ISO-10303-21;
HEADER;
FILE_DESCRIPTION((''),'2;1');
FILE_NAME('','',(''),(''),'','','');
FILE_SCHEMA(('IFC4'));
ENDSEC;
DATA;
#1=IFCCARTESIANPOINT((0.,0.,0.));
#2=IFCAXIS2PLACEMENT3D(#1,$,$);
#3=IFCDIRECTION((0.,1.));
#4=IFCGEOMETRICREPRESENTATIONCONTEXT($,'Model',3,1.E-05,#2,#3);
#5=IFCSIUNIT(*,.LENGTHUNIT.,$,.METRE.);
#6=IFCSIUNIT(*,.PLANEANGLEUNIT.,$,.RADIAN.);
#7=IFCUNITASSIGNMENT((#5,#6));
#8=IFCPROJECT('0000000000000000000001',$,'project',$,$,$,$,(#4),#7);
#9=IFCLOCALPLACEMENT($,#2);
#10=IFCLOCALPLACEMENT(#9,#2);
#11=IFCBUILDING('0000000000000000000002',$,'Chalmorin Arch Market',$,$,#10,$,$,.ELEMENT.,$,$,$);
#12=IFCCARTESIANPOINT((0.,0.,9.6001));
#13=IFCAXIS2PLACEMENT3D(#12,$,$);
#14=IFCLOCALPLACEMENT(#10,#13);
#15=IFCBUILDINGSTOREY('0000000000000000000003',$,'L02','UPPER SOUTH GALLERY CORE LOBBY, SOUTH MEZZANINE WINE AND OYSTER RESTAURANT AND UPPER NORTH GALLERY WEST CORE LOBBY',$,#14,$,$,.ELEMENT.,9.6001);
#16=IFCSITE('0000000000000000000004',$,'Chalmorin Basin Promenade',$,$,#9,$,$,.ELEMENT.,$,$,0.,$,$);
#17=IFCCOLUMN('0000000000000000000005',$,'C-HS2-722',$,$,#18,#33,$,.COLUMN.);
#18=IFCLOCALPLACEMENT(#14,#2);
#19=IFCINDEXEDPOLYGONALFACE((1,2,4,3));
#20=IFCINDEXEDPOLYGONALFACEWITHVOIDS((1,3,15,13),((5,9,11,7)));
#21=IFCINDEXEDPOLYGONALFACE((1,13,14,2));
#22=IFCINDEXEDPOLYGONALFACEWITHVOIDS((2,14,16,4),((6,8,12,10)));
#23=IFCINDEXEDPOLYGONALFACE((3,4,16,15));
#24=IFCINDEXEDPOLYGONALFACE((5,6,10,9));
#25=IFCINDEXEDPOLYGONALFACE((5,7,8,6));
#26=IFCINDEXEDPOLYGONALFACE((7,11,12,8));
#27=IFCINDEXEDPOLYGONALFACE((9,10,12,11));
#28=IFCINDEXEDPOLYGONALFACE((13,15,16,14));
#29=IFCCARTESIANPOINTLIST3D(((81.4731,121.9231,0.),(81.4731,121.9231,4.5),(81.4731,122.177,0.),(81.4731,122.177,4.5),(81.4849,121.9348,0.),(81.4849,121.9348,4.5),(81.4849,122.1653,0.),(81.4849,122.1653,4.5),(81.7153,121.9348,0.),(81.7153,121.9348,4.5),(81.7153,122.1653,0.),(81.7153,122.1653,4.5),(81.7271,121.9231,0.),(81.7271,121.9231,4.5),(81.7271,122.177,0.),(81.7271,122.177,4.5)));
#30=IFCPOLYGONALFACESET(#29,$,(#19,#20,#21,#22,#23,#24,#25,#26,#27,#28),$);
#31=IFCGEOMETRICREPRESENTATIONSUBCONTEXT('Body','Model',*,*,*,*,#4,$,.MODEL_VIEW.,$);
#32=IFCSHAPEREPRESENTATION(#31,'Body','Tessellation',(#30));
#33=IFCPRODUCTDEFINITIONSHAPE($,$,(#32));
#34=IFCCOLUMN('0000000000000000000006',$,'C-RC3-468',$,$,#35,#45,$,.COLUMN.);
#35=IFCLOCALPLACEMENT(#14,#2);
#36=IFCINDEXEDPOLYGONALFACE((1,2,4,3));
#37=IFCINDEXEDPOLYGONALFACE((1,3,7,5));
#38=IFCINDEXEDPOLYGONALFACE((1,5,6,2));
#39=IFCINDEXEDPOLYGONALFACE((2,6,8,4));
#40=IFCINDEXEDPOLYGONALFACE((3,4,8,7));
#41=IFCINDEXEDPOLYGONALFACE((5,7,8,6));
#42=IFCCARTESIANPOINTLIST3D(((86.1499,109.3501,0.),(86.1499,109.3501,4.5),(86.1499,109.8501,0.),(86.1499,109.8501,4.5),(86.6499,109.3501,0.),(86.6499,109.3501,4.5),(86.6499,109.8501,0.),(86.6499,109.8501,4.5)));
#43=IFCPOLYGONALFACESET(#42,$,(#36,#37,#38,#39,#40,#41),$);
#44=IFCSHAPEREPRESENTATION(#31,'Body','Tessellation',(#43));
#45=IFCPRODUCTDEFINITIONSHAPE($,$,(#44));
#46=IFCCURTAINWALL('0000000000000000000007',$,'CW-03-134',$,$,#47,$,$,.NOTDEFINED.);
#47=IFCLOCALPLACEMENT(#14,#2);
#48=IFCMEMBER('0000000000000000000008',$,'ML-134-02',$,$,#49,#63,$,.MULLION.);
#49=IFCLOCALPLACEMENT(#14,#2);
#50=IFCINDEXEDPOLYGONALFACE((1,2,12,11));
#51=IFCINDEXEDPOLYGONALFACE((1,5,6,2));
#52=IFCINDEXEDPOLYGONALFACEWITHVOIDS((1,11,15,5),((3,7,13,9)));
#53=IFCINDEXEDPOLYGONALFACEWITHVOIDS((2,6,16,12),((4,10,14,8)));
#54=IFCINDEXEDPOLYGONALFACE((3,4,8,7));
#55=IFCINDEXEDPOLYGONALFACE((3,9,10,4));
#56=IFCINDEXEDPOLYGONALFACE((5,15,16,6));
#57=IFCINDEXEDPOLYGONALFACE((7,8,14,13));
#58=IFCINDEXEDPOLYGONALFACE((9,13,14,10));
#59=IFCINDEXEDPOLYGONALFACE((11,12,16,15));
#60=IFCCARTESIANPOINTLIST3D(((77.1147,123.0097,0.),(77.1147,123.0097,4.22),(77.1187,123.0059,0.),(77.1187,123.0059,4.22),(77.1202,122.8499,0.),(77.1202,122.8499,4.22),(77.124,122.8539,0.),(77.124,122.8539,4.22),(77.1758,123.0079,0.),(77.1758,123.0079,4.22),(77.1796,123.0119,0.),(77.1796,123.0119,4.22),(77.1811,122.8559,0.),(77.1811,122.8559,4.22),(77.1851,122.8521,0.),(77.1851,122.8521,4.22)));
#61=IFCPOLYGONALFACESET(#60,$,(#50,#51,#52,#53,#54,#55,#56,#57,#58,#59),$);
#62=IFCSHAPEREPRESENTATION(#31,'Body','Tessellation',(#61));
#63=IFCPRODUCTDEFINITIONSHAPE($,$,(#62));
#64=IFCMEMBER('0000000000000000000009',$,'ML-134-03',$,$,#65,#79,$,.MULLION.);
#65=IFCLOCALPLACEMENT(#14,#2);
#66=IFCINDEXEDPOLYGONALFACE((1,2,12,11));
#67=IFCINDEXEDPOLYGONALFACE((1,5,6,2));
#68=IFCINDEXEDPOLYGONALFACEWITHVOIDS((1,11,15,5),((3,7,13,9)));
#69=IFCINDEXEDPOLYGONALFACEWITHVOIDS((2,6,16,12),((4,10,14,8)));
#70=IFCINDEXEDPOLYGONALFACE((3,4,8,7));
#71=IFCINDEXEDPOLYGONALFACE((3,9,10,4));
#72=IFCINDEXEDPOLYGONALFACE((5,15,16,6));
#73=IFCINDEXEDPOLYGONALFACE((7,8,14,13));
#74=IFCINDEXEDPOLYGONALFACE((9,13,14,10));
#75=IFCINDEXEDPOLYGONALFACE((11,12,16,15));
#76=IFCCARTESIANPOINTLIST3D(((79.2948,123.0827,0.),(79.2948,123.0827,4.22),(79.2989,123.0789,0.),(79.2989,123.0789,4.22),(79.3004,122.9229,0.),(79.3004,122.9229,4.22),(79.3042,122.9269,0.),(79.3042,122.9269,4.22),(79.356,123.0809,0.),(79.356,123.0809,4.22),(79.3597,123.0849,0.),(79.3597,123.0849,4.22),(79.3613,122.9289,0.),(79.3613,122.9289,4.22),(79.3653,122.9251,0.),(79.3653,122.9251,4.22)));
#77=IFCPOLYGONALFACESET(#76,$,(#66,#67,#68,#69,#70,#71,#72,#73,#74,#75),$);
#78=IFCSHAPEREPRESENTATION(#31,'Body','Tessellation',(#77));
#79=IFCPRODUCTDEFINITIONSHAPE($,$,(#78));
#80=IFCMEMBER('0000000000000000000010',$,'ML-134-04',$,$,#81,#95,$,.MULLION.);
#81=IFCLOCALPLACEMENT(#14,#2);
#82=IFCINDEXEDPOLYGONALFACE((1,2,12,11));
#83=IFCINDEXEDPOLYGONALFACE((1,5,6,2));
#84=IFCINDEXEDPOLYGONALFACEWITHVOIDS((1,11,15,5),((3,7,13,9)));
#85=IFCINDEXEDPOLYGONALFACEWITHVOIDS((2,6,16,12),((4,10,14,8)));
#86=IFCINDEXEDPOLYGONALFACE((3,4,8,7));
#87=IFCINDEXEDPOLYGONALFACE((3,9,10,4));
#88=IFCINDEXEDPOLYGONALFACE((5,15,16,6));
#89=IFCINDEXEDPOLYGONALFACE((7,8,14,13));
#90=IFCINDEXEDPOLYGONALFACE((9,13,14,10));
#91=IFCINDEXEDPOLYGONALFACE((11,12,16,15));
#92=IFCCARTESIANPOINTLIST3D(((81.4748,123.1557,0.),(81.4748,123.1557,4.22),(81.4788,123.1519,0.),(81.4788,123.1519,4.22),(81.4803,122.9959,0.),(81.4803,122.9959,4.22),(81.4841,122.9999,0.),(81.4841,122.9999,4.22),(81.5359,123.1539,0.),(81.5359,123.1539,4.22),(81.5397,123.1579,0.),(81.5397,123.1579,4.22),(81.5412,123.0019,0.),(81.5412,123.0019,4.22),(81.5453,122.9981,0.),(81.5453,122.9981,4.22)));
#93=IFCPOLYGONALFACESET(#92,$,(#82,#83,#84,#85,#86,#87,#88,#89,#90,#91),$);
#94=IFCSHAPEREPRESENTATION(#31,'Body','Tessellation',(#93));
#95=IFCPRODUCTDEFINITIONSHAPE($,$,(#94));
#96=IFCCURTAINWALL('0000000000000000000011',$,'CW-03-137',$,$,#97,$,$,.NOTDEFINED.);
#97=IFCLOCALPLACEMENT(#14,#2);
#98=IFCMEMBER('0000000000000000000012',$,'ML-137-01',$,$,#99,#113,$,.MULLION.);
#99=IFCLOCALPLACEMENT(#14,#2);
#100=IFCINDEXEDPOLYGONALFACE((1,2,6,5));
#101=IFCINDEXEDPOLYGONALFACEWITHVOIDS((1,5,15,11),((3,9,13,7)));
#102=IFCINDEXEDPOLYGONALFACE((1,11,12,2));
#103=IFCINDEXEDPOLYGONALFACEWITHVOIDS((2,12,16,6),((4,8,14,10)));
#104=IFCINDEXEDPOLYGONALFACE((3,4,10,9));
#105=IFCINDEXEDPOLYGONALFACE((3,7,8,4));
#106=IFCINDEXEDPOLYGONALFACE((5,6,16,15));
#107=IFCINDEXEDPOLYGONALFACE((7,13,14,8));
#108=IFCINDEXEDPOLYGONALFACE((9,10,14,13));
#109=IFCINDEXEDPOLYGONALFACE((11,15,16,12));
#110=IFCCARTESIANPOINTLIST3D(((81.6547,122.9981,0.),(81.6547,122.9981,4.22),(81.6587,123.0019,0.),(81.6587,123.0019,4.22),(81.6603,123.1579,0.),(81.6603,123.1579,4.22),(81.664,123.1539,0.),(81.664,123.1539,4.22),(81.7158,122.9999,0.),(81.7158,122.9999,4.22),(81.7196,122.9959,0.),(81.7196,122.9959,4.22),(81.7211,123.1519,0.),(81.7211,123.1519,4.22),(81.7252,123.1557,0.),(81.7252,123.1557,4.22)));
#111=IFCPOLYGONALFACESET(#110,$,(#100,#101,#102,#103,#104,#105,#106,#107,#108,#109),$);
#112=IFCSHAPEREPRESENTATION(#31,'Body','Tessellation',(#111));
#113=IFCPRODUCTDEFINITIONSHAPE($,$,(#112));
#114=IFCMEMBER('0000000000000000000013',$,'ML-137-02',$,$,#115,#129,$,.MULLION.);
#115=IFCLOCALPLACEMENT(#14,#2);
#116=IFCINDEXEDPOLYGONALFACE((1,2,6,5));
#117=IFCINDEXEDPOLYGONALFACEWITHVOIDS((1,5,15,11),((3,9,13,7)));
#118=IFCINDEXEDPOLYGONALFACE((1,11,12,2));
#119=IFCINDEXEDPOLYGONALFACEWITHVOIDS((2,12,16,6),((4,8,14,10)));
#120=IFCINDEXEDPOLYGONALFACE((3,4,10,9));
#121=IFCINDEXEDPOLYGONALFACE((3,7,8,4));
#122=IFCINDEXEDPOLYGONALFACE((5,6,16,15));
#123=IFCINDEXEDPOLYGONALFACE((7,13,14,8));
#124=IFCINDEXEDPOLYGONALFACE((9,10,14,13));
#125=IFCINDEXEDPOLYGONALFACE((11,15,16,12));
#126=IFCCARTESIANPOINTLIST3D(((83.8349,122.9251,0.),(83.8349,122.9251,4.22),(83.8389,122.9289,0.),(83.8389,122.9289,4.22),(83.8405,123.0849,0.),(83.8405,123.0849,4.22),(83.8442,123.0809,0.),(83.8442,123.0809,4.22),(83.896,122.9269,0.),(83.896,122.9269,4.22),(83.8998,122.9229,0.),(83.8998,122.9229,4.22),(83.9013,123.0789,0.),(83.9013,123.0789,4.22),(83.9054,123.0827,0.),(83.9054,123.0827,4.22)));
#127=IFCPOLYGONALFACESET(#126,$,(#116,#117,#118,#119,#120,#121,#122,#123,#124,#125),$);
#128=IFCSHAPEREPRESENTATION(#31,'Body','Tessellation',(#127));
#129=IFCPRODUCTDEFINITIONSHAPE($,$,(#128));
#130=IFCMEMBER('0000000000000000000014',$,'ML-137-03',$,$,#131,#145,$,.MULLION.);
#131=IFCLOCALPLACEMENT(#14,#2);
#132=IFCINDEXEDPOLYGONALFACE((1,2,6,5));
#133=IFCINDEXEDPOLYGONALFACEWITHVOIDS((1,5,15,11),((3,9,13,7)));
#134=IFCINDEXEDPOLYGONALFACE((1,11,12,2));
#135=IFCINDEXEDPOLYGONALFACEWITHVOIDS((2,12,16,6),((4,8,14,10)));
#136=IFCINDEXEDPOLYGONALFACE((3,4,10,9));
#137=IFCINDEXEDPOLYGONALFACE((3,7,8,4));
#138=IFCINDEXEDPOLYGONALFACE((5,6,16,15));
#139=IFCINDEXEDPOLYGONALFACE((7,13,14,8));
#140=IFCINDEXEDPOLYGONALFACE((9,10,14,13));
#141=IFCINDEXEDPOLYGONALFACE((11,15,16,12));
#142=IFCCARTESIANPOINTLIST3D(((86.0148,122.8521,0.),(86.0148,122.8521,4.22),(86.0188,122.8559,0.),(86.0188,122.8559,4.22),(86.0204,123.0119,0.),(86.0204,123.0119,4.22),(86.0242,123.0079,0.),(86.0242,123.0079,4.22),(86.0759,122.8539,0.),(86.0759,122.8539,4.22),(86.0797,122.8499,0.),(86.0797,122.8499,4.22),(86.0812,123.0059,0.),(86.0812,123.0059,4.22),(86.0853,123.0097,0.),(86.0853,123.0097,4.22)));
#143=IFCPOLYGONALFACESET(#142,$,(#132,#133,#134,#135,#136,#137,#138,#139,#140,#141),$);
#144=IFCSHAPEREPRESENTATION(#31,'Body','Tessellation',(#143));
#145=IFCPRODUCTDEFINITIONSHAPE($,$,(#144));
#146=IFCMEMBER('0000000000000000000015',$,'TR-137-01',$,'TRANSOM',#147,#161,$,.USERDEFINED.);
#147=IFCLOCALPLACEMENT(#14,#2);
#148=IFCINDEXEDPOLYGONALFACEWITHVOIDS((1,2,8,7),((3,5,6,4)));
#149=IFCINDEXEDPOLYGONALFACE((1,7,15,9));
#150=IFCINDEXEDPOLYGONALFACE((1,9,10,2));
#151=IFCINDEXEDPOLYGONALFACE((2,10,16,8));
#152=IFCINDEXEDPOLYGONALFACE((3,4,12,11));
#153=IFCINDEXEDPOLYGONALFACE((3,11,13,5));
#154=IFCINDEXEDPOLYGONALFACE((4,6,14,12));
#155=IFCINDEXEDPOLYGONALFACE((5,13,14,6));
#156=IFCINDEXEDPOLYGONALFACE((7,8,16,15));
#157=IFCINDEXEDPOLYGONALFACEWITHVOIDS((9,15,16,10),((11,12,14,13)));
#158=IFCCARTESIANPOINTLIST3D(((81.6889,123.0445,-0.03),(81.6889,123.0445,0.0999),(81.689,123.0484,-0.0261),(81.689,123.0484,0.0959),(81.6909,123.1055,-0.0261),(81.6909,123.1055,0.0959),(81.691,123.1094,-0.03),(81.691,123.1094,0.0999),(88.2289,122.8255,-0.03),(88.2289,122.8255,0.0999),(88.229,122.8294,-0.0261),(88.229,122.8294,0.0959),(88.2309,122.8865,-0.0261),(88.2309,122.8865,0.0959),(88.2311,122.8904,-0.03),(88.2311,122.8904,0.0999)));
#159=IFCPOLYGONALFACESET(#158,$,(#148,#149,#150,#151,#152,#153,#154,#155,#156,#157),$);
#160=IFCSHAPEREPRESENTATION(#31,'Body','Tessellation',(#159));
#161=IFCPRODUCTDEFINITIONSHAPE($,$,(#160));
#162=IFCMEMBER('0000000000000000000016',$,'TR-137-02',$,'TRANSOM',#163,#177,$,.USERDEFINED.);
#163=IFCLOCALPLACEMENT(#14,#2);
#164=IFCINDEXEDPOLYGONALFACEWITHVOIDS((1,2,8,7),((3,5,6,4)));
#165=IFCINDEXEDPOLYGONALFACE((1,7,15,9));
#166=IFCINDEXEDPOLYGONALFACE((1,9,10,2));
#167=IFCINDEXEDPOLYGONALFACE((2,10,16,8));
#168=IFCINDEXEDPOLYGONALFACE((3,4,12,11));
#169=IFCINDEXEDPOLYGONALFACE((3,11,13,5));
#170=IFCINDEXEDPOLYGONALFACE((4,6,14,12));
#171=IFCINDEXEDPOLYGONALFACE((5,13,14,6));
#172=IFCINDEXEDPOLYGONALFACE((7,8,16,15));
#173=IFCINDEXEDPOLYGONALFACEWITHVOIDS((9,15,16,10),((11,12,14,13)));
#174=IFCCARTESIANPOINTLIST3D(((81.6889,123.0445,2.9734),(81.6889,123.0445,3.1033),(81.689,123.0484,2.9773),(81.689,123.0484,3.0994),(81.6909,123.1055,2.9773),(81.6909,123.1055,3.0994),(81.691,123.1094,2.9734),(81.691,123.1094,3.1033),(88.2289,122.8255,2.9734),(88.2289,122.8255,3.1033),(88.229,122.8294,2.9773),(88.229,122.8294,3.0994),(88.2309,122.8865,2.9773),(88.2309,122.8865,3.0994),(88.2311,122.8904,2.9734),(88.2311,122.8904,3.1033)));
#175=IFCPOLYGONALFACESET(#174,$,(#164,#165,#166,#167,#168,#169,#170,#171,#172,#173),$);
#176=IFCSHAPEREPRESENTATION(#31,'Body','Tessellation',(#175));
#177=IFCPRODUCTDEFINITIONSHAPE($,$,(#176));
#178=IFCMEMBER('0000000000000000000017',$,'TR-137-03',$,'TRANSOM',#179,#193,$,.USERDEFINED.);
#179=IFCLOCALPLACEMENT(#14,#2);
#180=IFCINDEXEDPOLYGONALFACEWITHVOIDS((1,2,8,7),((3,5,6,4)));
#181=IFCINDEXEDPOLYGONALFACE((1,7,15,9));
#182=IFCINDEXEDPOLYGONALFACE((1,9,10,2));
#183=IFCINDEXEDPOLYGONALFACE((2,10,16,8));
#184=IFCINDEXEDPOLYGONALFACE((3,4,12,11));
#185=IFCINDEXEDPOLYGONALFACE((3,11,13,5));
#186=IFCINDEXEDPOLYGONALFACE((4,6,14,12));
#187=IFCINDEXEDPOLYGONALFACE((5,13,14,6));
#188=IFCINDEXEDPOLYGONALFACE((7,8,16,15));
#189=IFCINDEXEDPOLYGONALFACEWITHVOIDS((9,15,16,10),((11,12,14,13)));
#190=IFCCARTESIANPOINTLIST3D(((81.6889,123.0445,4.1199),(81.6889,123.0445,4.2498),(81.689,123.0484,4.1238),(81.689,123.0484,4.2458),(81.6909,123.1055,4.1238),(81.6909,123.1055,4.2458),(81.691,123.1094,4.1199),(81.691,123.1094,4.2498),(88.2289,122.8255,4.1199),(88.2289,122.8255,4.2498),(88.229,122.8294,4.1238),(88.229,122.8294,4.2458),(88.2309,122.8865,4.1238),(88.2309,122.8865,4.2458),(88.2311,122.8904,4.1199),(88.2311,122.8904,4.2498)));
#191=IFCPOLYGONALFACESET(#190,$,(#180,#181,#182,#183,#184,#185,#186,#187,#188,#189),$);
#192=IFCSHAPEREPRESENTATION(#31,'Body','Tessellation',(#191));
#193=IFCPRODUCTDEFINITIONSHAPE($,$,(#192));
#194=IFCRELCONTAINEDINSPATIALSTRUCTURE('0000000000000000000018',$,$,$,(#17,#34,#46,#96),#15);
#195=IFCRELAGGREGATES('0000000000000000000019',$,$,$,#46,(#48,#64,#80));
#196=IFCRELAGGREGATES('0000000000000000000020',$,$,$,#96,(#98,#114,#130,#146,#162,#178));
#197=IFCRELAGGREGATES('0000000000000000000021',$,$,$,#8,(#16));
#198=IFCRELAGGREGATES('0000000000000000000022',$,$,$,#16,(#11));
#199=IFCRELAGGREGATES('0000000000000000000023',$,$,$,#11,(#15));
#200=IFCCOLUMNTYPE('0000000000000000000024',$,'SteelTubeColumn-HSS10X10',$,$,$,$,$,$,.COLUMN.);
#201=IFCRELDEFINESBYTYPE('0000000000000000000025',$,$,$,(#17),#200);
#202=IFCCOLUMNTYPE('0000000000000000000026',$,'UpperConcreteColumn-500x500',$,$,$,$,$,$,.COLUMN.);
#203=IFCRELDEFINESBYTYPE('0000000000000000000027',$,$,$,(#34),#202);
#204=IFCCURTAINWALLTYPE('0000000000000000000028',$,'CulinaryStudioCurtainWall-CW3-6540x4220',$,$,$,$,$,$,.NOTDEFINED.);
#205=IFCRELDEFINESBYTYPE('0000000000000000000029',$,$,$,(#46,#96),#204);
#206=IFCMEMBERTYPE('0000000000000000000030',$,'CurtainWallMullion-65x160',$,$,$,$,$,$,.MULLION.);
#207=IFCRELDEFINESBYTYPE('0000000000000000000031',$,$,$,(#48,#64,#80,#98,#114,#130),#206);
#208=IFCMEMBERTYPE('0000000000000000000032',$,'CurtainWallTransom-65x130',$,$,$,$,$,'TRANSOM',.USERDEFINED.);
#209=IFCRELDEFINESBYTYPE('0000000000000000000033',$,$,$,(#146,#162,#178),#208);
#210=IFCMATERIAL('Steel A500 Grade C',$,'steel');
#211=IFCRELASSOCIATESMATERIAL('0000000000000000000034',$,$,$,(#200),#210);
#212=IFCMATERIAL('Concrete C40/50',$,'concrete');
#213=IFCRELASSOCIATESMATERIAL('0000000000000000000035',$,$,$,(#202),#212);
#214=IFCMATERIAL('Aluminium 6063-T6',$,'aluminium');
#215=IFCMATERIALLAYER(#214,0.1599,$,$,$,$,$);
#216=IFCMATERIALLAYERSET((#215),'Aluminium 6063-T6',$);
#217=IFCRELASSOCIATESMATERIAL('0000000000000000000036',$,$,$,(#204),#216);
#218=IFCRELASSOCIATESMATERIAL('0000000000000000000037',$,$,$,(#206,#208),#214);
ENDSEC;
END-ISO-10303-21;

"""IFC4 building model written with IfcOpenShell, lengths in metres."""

from ifc_helpers import new_model, si_unit, direction, frame, origin, origin_2d, place, context, subcontext, project, spatial, rectangle, hollow_rectangle, extrude, material, layer, layer_set, material_profile, profile_set, type_object, element, aggregate, save


model = new_model("IFC4")

# Units and contexts
model_context = context("Model", 3, precision=1e-05, world=origin(), true_north=direction((0.0, 1.0)))
body_context = subcontext(model_context, "Body", "Model", "MODEL_VIEW")
ifc_project = project(units=[si_unit("LENGTHUNIT", "METRE"), si_unit("PLANEANGLEUNIT", "RADIAN")], contexts=[model_context])

# Site, building, storey
site_placement = place(None, origin())
site = spatial("IfcSite", under=ifc_project, at=site_placement, Name="Chalmorin Basin Promenade", CompositionType="ELEMENT", RefElevation=0.0)
building_placement = place(site_placement, origin())
building = spatial("IfcBuilding", under=site, at=building_placement, Name="Chalmorin Arch Market", CompositionType="ELEMENT")
storey_placement = place(building_placement, frame((0.0, 0.0, 9.6001)))
storey = spatial("IfcBuildingStorey", under=building, at=storey_placement, Name="L02", Description="UPPER SOUTH GALLERY CORE LOBBY, SOUTH MEZZANINE WINE AND OYSTER RESTAURANT AND UPPER NORTH GALLERY WEST CORE LOBBY", CompositionType="ELEMENT", Elevation=9.6001)

# Columns
ifc_material_1 = material(Name="Steel A500 Grade C", Category="steel")
ifc_material_profile_1 = material_profile(ifc_material_1, hollow_rectangle(XDim=0.2539, YDim=0.2539, WallThickness=0.0117, at=origin_2d()), Name="HSS10X10X1/2")
ifc_profile_set_1 = profile_set([ifc_material_profile_1], Name="Steel A500 Grade C")
column_type_1 = type_object("IfcColumnType", Name="SteelTubeColumn-HSS10X10", PredefinedType="COLUMN", material=ifc_profile_set_1)
column_1_placement = place(storey_placement, frame((81.6001, 122.05, 0.0), z_axis=(0.0, 0.0, 1.0), x_axis=(1.0, 0.0, 0.0)))
element("IfcColumn", 1, at=column_1_placement, inside=storey, type_object=column_type_1, Name="C-HS2-722", PredefinedType="COLUMN", context=body_context, shape_type="SweptSolid", body=[
    extrude(hollow_rectangle(XDim=0.2539, YDim=0.2539, WallThickness=0.0117, at=origin_2d()), origin(), (0.0, 0.0, 1.0), 4.5),
])
ifc_material_2 = material(Name="Concrete C40/50", Category="concrete")
ifc_material_profile_2 = material_profile(ifc_material_2, rectangle(XDim=0.5, YDim=0.5, at=origin_2d()), Name="RC500X500")
ifc_profile_set_2 = profile_set([ifc_material_profile_2], Name="Concrete C40/50")
column_type_2 = type_object("IfcColumnType", Name="UpperConcreteColumn-500x500", PredefinedType="COLUMN", material=ifc_profile_set_2)
column_2_placement = place(storey_placement, frame((86.3999, 109.6001, 0.0), z_axis=(0.0, 0.0, 1.0), x_axis=(1.0, 0.0, 0.0)))
element("IfcColumn", 2, at=column_2_placement, inside=storey, type_object=column_type_2, Name="C-RC3-468", PredefinedType="COLUMN", context=body_context, shape_type="SweptSolid", body=[
    extrude(rectangle(XDim=0.5, YDim=0.5, at=origin_2d()), origin(), (0.0, 0.0, 1.0), 4.5),
])

# Curtain walls, members
ifc_material_3 = material(Name="Aluminium 6063-T6", Category="aluminium")
ifc_layer_1 = layer(ifc_material_3, 0.1599)
ifc_layer_set_1 = layer_set([ifc_layer_1], Name="Aluminium 6063-T6")
curtain_wall_type = type_object("IfcCurtainWallType", Name="CulinaryStudioCurtainWall-CW3-6540x4220", PredefinedType="NOTDEFINED", material=ifc_layer_set_1)
curtain_wall_1_placement = place(storey_placement, origin())
curtain_wall_1 = element("IfcCurtainWall", 3, at=curtain_wall_1_placement, inside=storey, type_object=curtain_wall_type, Name="CW-03-134", PredefinedType="NOTDEFINED")
ifc_material_profile_3 = material_profile(ifc_material_3, hollow_rectangle(XDim=0.0649, YDim=0.1599, WallThickness=0.0039, at=origin_2d()), Name="ALU65X160X4")
ifc_profile_set_3 = profile_set([ifc_material_profile_3], Name="Aluminium 6063-T6")
member_type_1 = type_object("IfcMemberType", Name="CurtainWallMullion-65x160", PredefinedType="MULLION", material=ifc_profile_set_3)
member_1_placement = place(storey_placement, frame((77.1499, 122.9309, 0.0), z_axis=(0.0, 0.0, 1.0), x_axis=(0.999391, 0.034899, 0.0)))
member_1 = element("IfcMember", 4, at=member_1_placement, type_object=member_type_1, Name="ML-134-02", PredefinedType="MULLION", context=body_context, shape_type="SweptSolid", body=[
    extrude(hollow_rectangle(XDim=0.0649, YDim=0.1599, WallThickness=0.0039, at=origin_2d()), origin(), (0.0, 0.0, 1.0), 4.22),
])
member_2_placement = place(storey_placement, frame((79.3301, 123.0039, 0.0), z_axis=(0.0, 0.0, 1.0), x_axis=(0.999391, 0.034899, 0.0)))
member_2 = element("IfcMember", 5, at=member_2_placement, type_object=member_type_1, Name="ML-134-03", PredefinedType="MULLION", context=body_context, shape_type="SweptSolid", body=[
    extrude(hollow_rectangle(XDim=0.0649, YDim=0.1599, WallThickness=0.0039, at=origin_2d()), origin(), (0.0, 0.0, 1.0), 4.22),
])
member_3_placement = place(storey_placement, frame((81.51, 123.0769, 0.0), z_axis=(0.0, 0.0, 1.0), x_axis=(0.999391, 0.034899, 0.0)))
member_3 = element("IfcMember", 6, at=member_3_placement, type_object=member_type_1, Name="ML-134-04", PredefinedType="MULLION", context=body_context, shape_type="SweptSolid", body=[
    extrude(hollow_rectangle(XDim=0.0649, YDim=0.1599, WallThickness=0.0039, at=origin_2d()), origin(), (0.0, 0.0, 1.0), 4.22),
])
curtain_wall_2_placement = place(storey_placement, origin())
curtain_wall_2 = element("IfcCurtainWall", 7, at=curtain_wall_2_placement, inside=storey, type_object=curtain_wall_type, Name="CW-03-137", PredefinedType="NOTDEFINED")
member_4_placement = place(storey_placement, frame((81.6899, 123.0769, 0.0), z_axis=(0.0, 0.0, 1.0), x_axis=(0.999391, -0.034899, 0.0)))
member_4 = element("IfcMember", 8, at=member_4_placement, type_object=member_type_1, Name="ML-137-01", PredefinedType="MULLION", context=body_context, shape_type="SweptSolid", body=[
    extrude(hollow_rectangle(XDim=0.0649, YDim=0.1599, WallThickness=0.0039, at=origin_2d()), origin(), (0.0, 0.0, 1.0), 4.22),
])
member_5_placement = place(storey_placement, frame((83.8701, 123.0039, 0.0), z_axis=(0.0, 0.0, 1.0), x_axis=(0.999391, -0.034899, 0.0)))
member_5 = element("IfcMember", 9, at=member_5_placement, type_object=member_type_1, Name="ML-137-02", PredefinedType="MULLION", context=body_context, shape_type="SweptSolid", body=[
    extrude(hollow_rectangle(XDim=0.0649, YDim=0.1599, WallThickness=0.0039, at=origin_2d()), origin(), (0.0, 0.0, 1.0), 4.22),
])
member_6_placement = place(storey_placement, frame((86.05, 122.9309, 0.0), z_axis=(0.0, 0.0, 1.0), x_axis=(0.999391, -0.034899, 0.0)))
member_6 = element("IfcMember", 10, at=member_6_placement, type_object=member_type_1, Name="ML-137-03", PredefinedType="MULLION", context=body_context, shape_type="SweptSolid", body=[
    extrude(hollow_rectangle(XDim=0.0649, YDim=0.1599, WallThickness=0.0039, at=origin_2d()), origin(), (0.0, 0.0, 1.0), 4.22),
])
ifc_material_profile_4 = material_profile(ifc_material_3, hollow_rectangle(XDim=0.0649, YDim=0.1299, WallThickness=0.0039, at=origin_2d()), Name="ALU65X130X4")
ifc_profile_set_4 = profile_set([ifc_material_profile_4], Name="Aluminium 6063-T6")
member_type_2 = type_object("IfcMemberType", Name="CurtainWallTransom-65x130", ElementType="TRANSOM", PredefinedType="USERDEFINED", material=ifc_profile_set_4)
member_7_placement = place(storey_placement, frame((81.6899, 123.0769, 0.0349), z_axis=(0.99944, -0.033466, 0.0), x_axis=(0.033466, 0.99944, 0.0)))
member_7 = element("IfcMember", 11, at=member_7_placement, type_object=member_type_2, Name="TR-137-01", ObjectType="TRANSOM", PredefinedType="USERDEFINED", context=body_context, shape_type="SweptSolid", body=[
    extrude(hollow_rectangle(XDim=0.0649, YDim=0.1299, WallThickness=0.0039, at=origin_2d()), origin(), (0.0, 0.0, 1.0), 6.5437),
])
member_8_placement = place(storey_placement, frame((81.6899, 123.0769, 3.0383), z_axis=(0.99944, -0.033466, 0.0), x_axis=(0.033466, 0.99944, 0.0)))
member_8 = element("IfcMember", 12, at=member_8_placement, type_object=member_type_2, Name="TR-137-02", ObjectType="TRANSOM", PredefinedType="USERDEFINED", context=body_context, shape_type="SweptSolid", body=[
    extrude(hollow_rectangle(XDim=0.0649, YDim=0.1299, WallThickness=0.0039, at=origin_2d()), origin(), (0.0, 0.0, 1.0), 6.5437),
])
member_9_placement = place(storey_placement, frame((81.6899, 123.0769, 4.1848), z_axis=(0.99944, -0.033466, 0.0), x_axis=(0.033466, 0.99944, 0.0)))
member_9 = element("IfcMember", 13, at=member_9_placement, type_object=member_type_2, Name="TR-137-03", ObjectType="TRANSOM", PredefinedType="USERDEFINED", context=body_context, shape_type="SweptSolid", body=[
    extrude(hollow_rectangle(XDim=0.0649, YDim=0.1299, WallThickness=0.0039, at=origin_2d()), origin(), (0.0, 0.0, 1.0), 6.5437),
])

aggregate(curtain_wall_1, [member_1, member_2, member_3])
aggregate(curtain_wall_2, [member_4, member_5, member_6, member_7, member_8, member_9])

save(model, "model.ifc")
